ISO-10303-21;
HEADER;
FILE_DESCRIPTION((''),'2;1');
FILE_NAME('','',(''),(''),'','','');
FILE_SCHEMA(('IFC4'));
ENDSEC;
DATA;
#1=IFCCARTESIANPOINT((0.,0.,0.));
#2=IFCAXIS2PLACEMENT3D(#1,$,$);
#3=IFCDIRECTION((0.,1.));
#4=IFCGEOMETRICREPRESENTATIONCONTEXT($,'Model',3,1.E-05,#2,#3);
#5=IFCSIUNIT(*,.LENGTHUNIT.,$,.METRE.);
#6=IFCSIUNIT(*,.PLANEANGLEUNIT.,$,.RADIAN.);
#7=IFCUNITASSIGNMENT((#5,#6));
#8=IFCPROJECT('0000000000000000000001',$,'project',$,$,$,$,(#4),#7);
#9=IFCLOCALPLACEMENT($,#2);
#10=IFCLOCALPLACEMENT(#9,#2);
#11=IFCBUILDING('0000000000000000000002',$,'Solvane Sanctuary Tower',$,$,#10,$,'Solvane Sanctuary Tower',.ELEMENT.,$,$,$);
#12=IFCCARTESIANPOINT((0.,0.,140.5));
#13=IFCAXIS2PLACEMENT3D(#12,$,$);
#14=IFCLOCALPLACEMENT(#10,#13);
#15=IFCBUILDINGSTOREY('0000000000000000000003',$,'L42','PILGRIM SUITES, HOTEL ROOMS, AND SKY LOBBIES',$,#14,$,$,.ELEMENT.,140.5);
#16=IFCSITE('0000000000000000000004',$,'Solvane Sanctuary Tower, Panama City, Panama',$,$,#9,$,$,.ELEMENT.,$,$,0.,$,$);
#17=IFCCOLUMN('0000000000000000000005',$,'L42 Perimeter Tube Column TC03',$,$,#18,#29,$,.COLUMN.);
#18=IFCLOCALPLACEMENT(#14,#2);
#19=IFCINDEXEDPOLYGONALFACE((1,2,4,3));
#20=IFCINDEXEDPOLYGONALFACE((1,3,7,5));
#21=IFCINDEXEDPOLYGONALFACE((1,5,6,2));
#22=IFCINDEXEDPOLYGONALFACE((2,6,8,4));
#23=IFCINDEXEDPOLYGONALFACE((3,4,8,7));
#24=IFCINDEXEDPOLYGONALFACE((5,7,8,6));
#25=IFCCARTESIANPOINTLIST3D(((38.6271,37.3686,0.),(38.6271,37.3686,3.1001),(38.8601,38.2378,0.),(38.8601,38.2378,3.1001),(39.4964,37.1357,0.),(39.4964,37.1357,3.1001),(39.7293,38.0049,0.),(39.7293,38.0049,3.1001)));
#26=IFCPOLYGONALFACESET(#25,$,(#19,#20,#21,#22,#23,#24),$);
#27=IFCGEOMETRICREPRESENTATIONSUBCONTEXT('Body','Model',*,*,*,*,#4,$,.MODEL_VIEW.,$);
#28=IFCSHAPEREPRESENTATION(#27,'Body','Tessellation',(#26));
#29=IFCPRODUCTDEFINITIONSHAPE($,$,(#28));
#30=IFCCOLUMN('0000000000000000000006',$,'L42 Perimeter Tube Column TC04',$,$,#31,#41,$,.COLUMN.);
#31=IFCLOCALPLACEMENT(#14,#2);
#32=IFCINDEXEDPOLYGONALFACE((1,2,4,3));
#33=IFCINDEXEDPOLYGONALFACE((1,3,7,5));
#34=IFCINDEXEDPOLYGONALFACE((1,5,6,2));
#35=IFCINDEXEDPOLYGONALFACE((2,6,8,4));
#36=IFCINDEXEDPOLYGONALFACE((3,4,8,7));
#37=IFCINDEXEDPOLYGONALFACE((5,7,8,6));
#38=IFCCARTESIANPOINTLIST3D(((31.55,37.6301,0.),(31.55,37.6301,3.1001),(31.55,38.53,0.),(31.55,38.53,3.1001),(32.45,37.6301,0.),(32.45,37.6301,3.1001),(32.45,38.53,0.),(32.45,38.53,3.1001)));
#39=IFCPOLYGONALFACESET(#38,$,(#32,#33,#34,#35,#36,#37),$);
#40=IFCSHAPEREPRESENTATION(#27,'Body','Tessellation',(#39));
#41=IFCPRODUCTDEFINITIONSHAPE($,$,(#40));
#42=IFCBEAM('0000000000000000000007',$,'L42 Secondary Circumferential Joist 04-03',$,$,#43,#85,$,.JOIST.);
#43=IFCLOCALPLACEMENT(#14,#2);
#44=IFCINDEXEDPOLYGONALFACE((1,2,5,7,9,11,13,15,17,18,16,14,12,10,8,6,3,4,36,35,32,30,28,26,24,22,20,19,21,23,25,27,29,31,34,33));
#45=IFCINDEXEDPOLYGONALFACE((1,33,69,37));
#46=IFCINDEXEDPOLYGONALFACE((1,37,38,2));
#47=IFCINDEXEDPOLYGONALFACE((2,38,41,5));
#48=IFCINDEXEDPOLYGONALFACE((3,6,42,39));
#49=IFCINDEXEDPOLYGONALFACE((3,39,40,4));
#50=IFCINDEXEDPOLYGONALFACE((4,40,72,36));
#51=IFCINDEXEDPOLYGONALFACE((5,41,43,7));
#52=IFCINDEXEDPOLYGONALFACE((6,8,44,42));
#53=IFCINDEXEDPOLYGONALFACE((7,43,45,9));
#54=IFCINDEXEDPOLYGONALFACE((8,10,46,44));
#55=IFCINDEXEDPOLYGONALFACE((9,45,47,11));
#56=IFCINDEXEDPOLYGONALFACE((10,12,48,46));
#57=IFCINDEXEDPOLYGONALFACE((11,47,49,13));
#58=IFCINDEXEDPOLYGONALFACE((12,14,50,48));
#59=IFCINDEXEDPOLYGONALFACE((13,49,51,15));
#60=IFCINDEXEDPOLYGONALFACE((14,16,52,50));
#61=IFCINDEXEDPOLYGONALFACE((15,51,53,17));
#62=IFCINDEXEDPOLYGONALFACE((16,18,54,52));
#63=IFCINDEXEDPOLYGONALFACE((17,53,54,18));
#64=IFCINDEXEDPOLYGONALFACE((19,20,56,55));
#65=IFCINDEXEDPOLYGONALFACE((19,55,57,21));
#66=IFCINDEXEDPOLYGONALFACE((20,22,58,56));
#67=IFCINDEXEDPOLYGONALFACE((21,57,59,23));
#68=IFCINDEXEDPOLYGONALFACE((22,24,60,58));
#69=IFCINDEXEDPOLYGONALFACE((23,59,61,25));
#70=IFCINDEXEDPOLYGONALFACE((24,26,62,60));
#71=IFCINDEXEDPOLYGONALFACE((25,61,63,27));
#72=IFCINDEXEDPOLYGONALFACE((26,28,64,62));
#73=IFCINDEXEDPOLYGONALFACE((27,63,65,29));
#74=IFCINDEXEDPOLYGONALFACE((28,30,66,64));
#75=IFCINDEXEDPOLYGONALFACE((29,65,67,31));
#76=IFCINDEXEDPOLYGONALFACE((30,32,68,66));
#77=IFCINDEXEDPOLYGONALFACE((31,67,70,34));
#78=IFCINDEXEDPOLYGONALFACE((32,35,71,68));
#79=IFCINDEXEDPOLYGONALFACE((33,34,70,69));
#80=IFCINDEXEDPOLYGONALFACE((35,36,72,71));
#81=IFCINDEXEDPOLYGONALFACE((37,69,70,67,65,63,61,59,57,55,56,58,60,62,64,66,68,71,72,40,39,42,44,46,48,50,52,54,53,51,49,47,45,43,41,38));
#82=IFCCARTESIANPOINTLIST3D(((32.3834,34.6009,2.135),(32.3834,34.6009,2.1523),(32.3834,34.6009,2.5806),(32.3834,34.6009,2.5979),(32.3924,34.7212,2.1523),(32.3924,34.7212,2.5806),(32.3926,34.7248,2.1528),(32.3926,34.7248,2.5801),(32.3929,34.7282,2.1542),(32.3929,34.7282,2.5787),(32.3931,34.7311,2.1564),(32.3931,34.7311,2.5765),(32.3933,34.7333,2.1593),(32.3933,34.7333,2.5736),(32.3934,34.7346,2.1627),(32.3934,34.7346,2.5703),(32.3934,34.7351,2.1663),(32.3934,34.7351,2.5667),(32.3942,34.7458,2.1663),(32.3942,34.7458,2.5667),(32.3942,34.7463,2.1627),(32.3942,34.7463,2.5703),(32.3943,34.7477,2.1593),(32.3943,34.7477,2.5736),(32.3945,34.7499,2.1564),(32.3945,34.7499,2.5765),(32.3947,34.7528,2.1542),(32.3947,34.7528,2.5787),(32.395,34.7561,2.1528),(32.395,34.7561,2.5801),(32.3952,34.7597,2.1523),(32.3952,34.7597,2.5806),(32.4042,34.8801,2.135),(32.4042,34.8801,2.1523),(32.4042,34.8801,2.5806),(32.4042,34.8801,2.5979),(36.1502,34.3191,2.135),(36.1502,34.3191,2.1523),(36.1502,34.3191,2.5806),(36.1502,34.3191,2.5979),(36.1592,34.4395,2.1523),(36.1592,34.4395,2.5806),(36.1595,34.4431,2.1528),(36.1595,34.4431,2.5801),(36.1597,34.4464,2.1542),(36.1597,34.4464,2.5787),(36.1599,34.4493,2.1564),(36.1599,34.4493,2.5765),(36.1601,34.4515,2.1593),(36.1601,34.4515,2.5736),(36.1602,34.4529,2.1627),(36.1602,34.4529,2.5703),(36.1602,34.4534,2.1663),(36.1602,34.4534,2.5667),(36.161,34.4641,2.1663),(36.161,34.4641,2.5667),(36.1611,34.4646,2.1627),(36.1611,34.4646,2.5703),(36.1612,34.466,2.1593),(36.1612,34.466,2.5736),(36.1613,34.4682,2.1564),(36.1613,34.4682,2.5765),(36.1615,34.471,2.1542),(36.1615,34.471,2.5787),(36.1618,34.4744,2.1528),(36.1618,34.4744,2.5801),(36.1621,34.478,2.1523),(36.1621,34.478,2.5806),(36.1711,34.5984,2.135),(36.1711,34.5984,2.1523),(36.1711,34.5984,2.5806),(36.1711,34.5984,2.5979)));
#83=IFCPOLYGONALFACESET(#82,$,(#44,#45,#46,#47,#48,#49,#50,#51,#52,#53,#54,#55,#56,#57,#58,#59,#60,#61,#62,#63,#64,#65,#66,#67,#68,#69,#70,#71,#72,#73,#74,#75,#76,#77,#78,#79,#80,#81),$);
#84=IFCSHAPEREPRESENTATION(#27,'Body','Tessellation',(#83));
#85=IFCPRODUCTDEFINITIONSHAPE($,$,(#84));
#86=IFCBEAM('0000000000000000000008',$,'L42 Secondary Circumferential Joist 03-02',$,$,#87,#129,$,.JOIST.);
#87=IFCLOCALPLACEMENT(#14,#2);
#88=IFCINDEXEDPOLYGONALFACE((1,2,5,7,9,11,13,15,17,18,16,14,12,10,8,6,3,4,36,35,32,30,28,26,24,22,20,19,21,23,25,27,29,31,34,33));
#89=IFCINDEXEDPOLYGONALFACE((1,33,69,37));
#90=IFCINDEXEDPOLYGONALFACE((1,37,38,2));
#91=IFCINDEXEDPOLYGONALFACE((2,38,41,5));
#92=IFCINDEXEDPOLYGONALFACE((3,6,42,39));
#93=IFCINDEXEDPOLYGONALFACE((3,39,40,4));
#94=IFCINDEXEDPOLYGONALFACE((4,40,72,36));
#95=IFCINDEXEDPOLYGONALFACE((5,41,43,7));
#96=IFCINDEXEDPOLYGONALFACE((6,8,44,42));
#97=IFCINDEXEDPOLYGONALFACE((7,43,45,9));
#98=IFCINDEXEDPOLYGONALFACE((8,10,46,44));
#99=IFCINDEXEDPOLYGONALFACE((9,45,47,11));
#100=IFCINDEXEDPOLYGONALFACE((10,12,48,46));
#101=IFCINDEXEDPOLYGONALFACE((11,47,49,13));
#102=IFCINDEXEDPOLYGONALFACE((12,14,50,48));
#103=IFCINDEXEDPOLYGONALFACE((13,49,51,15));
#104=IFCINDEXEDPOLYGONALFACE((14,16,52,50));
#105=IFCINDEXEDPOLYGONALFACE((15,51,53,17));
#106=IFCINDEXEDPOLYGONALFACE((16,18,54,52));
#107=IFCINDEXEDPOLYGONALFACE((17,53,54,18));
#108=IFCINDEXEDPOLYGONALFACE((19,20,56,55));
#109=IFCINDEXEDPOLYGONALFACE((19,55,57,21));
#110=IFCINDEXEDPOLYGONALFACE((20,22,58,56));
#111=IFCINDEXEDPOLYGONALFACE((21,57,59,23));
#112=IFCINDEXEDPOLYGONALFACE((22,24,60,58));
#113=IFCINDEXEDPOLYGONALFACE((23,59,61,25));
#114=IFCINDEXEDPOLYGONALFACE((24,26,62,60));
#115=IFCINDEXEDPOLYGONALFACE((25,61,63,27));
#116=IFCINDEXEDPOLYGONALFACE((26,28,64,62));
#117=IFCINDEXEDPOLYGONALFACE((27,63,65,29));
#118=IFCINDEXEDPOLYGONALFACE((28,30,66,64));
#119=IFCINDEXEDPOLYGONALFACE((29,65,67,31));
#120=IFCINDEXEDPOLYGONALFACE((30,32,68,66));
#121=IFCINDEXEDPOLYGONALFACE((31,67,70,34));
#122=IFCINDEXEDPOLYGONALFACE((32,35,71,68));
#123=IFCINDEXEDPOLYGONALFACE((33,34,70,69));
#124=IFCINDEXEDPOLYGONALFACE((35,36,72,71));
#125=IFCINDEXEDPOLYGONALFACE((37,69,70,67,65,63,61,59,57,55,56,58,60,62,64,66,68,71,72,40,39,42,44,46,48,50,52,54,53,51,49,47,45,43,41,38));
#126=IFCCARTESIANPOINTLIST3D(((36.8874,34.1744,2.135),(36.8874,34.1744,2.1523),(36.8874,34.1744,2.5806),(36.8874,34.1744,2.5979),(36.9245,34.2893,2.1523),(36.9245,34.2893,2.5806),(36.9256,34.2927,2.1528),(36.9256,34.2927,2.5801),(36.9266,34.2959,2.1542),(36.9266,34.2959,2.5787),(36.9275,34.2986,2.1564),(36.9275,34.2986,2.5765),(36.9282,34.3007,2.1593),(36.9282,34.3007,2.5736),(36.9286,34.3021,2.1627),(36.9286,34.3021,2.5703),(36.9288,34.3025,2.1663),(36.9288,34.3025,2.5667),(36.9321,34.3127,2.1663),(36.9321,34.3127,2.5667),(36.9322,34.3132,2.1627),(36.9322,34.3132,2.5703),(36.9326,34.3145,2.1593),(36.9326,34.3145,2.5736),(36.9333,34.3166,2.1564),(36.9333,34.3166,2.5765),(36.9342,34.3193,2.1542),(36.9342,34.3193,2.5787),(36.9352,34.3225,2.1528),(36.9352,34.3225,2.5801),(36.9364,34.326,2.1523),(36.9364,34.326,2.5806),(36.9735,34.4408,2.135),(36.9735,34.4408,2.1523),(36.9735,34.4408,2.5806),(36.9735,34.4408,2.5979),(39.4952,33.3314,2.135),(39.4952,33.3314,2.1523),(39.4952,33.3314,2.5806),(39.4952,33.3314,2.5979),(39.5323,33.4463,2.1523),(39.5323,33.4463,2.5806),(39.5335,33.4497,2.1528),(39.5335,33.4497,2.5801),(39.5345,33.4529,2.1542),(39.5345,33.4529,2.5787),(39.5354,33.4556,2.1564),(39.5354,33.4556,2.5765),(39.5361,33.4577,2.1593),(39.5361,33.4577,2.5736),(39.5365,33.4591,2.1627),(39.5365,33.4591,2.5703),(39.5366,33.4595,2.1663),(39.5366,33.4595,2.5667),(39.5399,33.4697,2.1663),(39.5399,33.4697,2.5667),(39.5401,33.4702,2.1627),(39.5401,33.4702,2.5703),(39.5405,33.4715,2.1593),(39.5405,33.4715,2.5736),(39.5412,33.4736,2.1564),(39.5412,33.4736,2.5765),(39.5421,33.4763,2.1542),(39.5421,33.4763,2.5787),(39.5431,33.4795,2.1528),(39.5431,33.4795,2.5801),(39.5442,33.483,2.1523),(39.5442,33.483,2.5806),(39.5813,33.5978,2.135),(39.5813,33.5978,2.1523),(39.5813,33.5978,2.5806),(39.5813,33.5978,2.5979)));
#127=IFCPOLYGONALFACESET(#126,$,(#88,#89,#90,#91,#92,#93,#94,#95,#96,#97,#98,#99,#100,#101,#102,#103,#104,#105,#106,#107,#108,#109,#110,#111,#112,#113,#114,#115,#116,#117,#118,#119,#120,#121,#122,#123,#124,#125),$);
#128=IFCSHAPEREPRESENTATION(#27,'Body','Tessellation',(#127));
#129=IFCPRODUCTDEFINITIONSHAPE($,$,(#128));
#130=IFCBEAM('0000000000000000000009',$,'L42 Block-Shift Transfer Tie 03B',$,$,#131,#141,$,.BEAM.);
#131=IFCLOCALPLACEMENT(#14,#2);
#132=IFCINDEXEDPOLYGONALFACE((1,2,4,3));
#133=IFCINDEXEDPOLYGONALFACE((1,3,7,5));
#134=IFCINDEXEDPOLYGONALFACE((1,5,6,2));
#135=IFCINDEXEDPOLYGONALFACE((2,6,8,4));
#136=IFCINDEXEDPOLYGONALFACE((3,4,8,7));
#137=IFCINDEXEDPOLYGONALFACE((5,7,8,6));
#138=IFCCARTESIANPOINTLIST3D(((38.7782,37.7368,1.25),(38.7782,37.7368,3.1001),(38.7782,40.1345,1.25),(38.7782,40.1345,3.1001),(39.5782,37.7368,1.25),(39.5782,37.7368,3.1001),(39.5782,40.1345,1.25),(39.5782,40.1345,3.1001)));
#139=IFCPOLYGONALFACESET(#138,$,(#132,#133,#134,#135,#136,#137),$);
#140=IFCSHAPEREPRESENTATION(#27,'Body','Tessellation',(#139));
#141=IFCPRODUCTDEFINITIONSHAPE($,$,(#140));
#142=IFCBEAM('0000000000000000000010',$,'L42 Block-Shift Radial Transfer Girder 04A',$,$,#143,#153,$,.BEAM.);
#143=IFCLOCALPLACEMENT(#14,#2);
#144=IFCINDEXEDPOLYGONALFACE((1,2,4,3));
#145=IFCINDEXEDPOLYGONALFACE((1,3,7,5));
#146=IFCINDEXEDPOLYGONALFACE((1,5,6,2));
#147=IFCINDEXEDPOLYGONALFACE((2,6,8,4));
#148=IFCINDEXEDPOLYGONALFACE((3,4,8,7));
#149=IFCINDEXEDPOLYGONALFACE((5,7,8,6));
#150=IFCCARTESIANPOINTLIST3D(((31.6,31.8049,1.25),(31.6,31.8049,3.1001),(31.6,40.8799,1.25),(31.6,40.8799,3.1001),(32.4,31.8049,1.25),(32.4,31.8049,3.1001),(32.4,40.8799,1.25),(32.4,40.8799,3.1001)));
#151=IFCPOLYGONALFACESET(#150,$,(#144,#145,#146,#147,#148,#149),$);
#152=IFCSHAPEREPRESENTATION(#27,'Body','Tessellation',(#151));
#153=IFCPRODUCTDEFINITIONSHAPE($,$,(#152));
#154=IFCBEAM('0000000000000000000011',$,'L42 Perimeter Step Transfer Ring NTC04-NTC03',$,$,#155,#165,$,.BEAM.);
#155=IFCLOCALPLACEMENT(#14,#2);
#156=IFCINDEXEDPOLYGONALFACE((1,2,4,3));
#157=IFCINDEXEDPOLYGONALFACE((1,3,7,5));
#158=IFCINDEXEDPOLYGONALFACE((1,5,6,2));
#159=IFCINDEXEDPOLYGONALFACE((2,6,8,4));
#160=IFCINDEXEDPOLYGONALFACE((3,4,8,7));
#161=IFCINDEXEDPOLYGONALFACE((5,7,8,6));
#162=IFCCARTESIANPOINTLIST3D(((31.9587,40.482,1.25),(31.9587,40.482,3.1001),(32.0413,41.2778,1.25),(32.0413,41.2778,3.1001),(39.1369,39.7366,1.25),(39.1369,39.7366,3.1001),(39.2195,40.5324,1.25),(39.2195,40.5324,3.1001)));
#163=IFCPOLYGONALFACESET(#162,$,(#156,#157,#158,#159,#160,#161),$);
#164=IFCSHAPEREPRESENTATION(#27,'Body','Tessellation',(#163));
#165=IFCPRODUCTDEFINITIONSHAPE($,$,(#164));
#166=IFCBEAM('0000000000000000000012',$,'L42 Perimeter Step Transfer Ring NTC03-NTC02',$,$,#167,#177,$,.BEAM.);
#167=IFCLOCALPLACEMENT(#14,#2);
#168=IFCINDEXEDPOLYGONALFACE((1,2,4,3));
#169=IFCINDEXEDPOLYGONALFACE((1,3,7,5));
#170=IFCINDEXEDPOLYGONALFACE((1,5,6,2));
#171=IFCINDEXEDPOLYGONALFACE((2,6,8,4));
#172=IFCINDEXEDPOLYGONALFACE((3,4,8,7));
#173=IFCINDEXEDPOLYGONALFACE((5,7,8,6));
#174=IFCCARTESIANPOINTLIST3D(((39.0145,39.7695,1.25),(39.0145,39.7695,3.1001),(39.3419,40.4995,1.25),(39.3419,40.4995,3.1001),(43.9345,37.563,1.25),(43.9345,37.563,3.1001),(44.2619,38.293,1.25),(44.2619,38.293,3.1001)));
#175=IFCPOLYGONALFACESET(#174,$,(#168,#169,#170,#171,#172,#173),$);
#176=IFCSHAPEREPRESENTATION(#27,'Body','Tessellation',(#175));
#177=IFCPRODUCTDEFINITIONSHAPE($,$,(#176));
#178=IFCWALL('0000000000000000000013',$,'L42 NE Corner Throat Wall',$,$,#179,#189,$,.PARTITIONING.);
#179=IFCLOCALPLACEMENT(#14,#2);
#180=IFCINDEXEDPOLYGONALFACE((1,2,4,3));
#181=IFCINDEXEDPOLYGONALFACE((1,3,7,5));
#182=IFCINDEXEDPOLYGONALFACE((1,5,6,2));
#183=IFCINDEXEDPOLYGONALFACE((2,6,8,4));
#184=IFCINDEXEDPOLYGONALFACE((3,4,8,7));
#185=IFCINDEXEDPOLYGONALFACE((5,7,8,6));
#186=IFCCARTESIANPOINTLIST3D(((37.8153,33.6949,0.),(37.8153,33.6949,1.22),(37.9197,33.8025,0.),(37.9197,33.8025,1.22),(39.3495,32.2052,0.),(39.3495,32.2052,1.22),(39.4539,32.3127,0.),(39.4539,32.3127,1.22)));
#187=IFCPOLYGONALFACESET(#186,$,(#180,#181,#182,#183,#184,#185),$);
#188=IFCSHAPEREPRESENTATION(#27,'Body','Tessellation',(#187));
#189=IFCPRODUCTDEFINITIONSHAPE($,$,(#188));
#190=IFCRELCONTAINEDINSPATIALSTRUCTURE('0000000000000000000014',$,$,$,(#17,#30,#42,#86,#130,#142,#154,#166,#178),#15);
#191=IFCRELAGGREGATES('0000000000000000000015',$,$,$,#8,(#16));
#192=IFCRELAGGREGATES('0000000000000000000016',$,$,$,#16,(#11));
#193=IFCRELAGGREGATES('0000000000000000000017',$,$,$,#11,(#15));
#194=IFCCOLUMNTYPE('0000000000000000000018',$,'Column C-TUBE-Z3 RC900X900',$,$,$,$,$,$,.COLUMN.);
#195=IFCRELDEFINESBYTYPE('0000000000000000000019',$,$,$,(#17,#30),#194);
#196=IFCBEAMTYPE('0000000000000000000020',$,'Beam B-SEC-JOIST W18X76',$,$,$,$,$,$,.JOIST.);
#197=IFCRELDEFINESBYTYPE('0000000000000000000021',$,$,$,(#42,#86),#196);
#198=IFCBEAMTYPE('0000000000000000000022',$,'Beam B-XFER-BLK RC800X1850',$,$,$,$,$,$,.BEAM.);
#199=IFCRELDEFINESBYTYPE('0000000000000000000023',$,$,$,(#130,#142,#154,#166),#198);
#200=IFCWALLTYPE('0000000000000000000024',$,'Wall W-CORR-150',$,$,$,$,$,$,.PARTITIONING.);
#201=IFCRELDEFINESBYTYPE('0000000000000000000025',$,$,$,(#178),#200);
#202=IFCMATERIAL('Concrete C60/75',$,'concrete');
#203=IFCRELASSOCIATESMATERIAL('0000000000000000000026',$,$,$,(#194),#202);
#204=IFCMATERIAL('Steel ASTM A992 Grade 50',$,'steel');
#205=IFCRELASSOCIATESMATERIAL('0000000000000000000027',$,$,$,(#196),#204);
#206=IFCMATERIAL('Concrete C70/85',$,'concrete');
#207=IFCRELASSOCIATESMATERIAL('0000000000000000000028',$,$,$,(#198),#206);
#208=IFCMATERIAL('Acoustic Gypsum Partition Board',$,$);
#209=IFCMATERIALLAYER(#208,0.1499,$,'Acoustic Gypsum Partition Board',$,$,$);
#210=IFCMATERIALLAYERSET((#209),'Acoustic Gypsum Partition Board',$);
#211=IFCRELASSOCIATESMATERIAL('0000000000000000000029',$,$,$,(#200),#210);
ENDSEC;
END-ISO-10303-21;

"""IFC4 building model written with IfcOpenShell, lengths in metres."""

from ifc_helpers import new_model, si_unit, direction, frame, frame_2d, origin, origin_2d, place, context, subcontext, project, spatial, rectangle, i_section, extrude, material, layer, layer_set, material_profile, profile_set, type_object, element, save


model = new_model("IFC4")

# Units and contexts
model_context = context("Model", 3, precision=1e-05, world=origin(), true_north=direction((0.0, 1.0)))
body_context = subcontext(model_context, "Body", "Model", "MODEL_VIEW")
ifc_project = project(units=[si_unit("LENGTHUNIT", "METRE"), si_unit("PLANEANGLEUNIT", "RADIAN")], contexts=[model_context])

# Site, building, storey
site_placement = place(None, origin())
site = spatial("IfcSite", under=ifc_project, at=site_placement, Name="Solvane Sanctuary Tower, Panama City, Panama", CompositionType="ELEMENT", RefElevation=0.0)
building_placement = place(site_placement, origin())
building = spatial("IfcBuilding", under=site, at=building_placement, Name="Solvane Sanctuary Tower", LongName="Solvane Sanctuary Tower", CompositionType="ELEMENT")
storey_placement = place(building_placement, frame((0.0, 0.0, 140.5)))
storey = spatial("IfcBuildingStorey", under=building, at=storey_placement, Name="L42", Description="PILGRIM SUITES, HOTEL ROOMS, AND SKY LOBBIES", CompositionType="ELEMENT", Elevation=140.5)

# Columns
ifc_material_1 = material(Name="Concrete C60/75", Category="concrete")
ifc_material_profile_1 = material_profile(ifc_material_1, rectangle(XDim=0.8999, YDim=0.8999, at=origin_2d()), Name="RC900X900")
ifc_profile_set_1 = profile_set([ifc_material_profile_1], Name="Concrete C60/75")
column_type = type_object("IfcColumnType", Name="Column C-TUBE-Z3 RC900X900", PredefinedType="COLUMN", material=ifc_profile_set_1)
for number, where, z_axis, x_axis, name in (
    (1, (39.1782, 37.6868, 0.0), (0.0, 0.0, 1.0), (0.258819, 0.965926, 0.0), "L42 Perimeter Tube Column TC03"),
    (2, (32.0, 38.0801, 0.0), (0.0, 0.0, 1.0), (0.0, 1.0, 0.0), "L42 Perimeter Tube Column TC04"),
):
    element("IfcColumn", number, at=place(storey_placement, frame(where, z_axis=z_axis, x_axis=x_axis)), inside=storey, type_object=column_type, Name=name, PredefinedType="COLUMN", context=body_context, shape_type="SweptSolid", body=[
        extrude(rectangle(XDim=0.8999, YDim=0.8999, at=origin_2d()), origin(), (0.0, 0.0, 1.0), 3.1001),
    ])

# Beams
ifc_material_2 = material(Name="Steel ASTM A992 Grade 50", Category="steel")
ifc_material_profile_2 = material_profile(ifc_material_2, i_section(OverallWidth=0.28, OverallDepth=0.4629, WebThickness=0.0107, FlangeThickness=0.0173, FilletRadius=0.0139, at=origin_2d()), Name="W18X76")
ifc_profile_set_2 = profile_set([ifc_material_profile_2], Name="Steel ASTM A992 Grade 50")
beam_type_1 = type_object("IfcBeamType", Name="Beam B-SEC-JOIST W18X76", PredefinedType="JOIST", material=ifc_profile_set_2)
beam_1_placement = place(storey_placement, frame((32.3938, 34.7405, 2.3665), z_axis=(0.997215, -0.074586, 0.0), x_axis=(0.074586, 0.997215, 0.0)))
element("IfcBeam", 3, at=beam_1_placement, inside=storey, type_object=beam_type_1, Name="L42 Secondary Circumferential Joist 04-03", PredefinedType="JOIST", context=body_context, shape_type="SweptSolid", body=[
    extrude(i_section(OverallWidth=0.28, OverallDepth=0.4629, WebThickness=0.0107, FlangeThickness=0.0173, FilletRadius=0.0139, at=origin_2d()), origin(), (0.0, 0.0, 1.0), 3.7773),
])
beam_2_placement = place(storey_placement, frame((36.9304, 34.3076, 2.3665), z_axis=(0.951521, -0.307583, 0.0), x_axis=(0.307583, 0.951521, 0.0)))
element("IfcBeam", 4, at=beam_2_placement, inside=storey, type_object=beam_type_1, Name="L42 Secondary Circumferential Joist 03-02", PredefinedType="JOIST", context=body_context, shape_type="SweptSolid", body=[
    extrude(i_section(OverallWidth=0.28, OverallDepth=0.4629, WebThickness=0.0107, FlangeThickness=0.0173, FilletRadius=0.0139, at=origin_2d()), origin(), (0.0, 0.0, 1.0), 2.7407),
])
ifc_material_3 = material(Name="Concrete C70/85", Category="concrete")
ifc_material_profile_3 = material_profile(ifc_material_3, rectangle(XDim=0.8, YDim=1.8501, at=origin_2d()), Name="RC800X1850")
ifc_profile_set_3 = profile_set([ifc_material_profile_3], Name="Concrete C70/85")
beam_type_2 = type_object("IfcBeamType", Name="Beam B-XFER-BLK RC800X1850", PredefinedType="BEAM", material=ifc_profile_set_3)
beam_3_placement = place(storey_placement, frame((39.1782, 37.7368, 2.175), z_axis=(0.0, 1.0, 0.0), x_axis=(-1.0, 0.0, 0.0)))
element("IfcBeam", 5, at=beam_3_placement, inside=storey, type_object=beam_type_2, Name="L42 Block-Shift Transfer Tie 03B", PredefinedType="BEAM", context=body_context, shape_type="SweptSolid", body=[
    extrude(rectangle(XDim=0.8, YDim=1.8501, at=origin_2d()), origin(), (0.0, 0.0, 1.0), 2.3977),
])
beam_4_placement = place(storey_placement, frame((32.0, 31.8049, 2.175), z_axis=(0.0, 1.0, 0.0), x_axis=(-1.0, 0.0, 0.0)))
element("IfcBeam", 6, at=beam_4_placement, inside=storey, type_object=beam_type_2, Name="L42 Block-Shift Radial Transfer Girder 04A", PredefinedType="BEAM", context=body_context, shape_type="SweptSolid", body=[
    extrude(rectangle(XDim=0.8, YDim=1.8501, at=origin_2d()), origin(), (0.0, 0.0, 1.0), 9.075),
])
beam_5_placement = place(storey_placement, frame((32.0, 40.8799, 2.175), z_axis=(0.994652, -0.103281, 0.0), x_axis=(0.103281, 0.994652, 0.0)))
element("IfcBeam", 7, at=beam_5_placement, inside=storey, type_object=beam_type_2, Name="L42 Perimeter Step Transfer Ring NTC04-NTC03", PredefinedType="BEAM", context=body_context, shape_type="SweptSolid", body=[
    extrude(rectangle(XDim=0.8, YDim=1.8501, at=origin_2d()), origin(), (0.0, 0.0, 1.0), 7.2168),
])
beam_6_placement = place(storey_placement, frame((39.1782, 40.1345, 2.175), z_axis=(0.912436, -0.40922, 0.0), x_axis=(0.40922, 0.912436, 0.0)))
element("IfcBeam", 8, at=beam_6_placement, inside=storey, type_object=beam_type_2, Name="L42 Perimeter Step Transfer Ring NTC03-NTC02", PredefinedType="BEAM", context=body_context, shape_type="SweptSolid", body=[
    extrude(rectangle(XDim=0.8, YDim=1.8501, at=origin_2d()), origin(), (0.0, 0.0, 1.0), 5.3921),
])

# Wall
ifc_material_4 = material(Name="Acoustic Gypsum Partition Board")
ifc_layer_1 = layer(ifc_material_4, 0.1499, Name="Acoustic Gypsum Partition Board")
ifc_layer_set_1 = layer_set([ifc_layer_1], Name="Acoustic Gypsum Partition Board")
wall_type_1 = type_object("IfcWallType", Name="Wall W-CORR-150", PredefinedType="PARTITIONING", material=ifc_layer_set_1)
wall_1_placement = place(storey_placement, frame((37.8674, 33.7488, 0.0), z_axis=(0.0, 0.0, 1.0), x_axis=(0.71742, -0.696641, 0.0)))
element("IfcWall", 9, at=wall_1_placement, inside=storey, type_object=wall_type_1, Name="L42 NE Corner Throat Wall", PredefinedType="PARTITIONING", context=body_context, shape_type="SweptSolid", body=[
    extrude(rectangle(XDim=2.1384, YDim=0.1499, at=frame_2d((1.0693, 0.0))), origin(), (0.0, 0.0, 1.0), 1.22),
])

save(model, "model.ifc")
